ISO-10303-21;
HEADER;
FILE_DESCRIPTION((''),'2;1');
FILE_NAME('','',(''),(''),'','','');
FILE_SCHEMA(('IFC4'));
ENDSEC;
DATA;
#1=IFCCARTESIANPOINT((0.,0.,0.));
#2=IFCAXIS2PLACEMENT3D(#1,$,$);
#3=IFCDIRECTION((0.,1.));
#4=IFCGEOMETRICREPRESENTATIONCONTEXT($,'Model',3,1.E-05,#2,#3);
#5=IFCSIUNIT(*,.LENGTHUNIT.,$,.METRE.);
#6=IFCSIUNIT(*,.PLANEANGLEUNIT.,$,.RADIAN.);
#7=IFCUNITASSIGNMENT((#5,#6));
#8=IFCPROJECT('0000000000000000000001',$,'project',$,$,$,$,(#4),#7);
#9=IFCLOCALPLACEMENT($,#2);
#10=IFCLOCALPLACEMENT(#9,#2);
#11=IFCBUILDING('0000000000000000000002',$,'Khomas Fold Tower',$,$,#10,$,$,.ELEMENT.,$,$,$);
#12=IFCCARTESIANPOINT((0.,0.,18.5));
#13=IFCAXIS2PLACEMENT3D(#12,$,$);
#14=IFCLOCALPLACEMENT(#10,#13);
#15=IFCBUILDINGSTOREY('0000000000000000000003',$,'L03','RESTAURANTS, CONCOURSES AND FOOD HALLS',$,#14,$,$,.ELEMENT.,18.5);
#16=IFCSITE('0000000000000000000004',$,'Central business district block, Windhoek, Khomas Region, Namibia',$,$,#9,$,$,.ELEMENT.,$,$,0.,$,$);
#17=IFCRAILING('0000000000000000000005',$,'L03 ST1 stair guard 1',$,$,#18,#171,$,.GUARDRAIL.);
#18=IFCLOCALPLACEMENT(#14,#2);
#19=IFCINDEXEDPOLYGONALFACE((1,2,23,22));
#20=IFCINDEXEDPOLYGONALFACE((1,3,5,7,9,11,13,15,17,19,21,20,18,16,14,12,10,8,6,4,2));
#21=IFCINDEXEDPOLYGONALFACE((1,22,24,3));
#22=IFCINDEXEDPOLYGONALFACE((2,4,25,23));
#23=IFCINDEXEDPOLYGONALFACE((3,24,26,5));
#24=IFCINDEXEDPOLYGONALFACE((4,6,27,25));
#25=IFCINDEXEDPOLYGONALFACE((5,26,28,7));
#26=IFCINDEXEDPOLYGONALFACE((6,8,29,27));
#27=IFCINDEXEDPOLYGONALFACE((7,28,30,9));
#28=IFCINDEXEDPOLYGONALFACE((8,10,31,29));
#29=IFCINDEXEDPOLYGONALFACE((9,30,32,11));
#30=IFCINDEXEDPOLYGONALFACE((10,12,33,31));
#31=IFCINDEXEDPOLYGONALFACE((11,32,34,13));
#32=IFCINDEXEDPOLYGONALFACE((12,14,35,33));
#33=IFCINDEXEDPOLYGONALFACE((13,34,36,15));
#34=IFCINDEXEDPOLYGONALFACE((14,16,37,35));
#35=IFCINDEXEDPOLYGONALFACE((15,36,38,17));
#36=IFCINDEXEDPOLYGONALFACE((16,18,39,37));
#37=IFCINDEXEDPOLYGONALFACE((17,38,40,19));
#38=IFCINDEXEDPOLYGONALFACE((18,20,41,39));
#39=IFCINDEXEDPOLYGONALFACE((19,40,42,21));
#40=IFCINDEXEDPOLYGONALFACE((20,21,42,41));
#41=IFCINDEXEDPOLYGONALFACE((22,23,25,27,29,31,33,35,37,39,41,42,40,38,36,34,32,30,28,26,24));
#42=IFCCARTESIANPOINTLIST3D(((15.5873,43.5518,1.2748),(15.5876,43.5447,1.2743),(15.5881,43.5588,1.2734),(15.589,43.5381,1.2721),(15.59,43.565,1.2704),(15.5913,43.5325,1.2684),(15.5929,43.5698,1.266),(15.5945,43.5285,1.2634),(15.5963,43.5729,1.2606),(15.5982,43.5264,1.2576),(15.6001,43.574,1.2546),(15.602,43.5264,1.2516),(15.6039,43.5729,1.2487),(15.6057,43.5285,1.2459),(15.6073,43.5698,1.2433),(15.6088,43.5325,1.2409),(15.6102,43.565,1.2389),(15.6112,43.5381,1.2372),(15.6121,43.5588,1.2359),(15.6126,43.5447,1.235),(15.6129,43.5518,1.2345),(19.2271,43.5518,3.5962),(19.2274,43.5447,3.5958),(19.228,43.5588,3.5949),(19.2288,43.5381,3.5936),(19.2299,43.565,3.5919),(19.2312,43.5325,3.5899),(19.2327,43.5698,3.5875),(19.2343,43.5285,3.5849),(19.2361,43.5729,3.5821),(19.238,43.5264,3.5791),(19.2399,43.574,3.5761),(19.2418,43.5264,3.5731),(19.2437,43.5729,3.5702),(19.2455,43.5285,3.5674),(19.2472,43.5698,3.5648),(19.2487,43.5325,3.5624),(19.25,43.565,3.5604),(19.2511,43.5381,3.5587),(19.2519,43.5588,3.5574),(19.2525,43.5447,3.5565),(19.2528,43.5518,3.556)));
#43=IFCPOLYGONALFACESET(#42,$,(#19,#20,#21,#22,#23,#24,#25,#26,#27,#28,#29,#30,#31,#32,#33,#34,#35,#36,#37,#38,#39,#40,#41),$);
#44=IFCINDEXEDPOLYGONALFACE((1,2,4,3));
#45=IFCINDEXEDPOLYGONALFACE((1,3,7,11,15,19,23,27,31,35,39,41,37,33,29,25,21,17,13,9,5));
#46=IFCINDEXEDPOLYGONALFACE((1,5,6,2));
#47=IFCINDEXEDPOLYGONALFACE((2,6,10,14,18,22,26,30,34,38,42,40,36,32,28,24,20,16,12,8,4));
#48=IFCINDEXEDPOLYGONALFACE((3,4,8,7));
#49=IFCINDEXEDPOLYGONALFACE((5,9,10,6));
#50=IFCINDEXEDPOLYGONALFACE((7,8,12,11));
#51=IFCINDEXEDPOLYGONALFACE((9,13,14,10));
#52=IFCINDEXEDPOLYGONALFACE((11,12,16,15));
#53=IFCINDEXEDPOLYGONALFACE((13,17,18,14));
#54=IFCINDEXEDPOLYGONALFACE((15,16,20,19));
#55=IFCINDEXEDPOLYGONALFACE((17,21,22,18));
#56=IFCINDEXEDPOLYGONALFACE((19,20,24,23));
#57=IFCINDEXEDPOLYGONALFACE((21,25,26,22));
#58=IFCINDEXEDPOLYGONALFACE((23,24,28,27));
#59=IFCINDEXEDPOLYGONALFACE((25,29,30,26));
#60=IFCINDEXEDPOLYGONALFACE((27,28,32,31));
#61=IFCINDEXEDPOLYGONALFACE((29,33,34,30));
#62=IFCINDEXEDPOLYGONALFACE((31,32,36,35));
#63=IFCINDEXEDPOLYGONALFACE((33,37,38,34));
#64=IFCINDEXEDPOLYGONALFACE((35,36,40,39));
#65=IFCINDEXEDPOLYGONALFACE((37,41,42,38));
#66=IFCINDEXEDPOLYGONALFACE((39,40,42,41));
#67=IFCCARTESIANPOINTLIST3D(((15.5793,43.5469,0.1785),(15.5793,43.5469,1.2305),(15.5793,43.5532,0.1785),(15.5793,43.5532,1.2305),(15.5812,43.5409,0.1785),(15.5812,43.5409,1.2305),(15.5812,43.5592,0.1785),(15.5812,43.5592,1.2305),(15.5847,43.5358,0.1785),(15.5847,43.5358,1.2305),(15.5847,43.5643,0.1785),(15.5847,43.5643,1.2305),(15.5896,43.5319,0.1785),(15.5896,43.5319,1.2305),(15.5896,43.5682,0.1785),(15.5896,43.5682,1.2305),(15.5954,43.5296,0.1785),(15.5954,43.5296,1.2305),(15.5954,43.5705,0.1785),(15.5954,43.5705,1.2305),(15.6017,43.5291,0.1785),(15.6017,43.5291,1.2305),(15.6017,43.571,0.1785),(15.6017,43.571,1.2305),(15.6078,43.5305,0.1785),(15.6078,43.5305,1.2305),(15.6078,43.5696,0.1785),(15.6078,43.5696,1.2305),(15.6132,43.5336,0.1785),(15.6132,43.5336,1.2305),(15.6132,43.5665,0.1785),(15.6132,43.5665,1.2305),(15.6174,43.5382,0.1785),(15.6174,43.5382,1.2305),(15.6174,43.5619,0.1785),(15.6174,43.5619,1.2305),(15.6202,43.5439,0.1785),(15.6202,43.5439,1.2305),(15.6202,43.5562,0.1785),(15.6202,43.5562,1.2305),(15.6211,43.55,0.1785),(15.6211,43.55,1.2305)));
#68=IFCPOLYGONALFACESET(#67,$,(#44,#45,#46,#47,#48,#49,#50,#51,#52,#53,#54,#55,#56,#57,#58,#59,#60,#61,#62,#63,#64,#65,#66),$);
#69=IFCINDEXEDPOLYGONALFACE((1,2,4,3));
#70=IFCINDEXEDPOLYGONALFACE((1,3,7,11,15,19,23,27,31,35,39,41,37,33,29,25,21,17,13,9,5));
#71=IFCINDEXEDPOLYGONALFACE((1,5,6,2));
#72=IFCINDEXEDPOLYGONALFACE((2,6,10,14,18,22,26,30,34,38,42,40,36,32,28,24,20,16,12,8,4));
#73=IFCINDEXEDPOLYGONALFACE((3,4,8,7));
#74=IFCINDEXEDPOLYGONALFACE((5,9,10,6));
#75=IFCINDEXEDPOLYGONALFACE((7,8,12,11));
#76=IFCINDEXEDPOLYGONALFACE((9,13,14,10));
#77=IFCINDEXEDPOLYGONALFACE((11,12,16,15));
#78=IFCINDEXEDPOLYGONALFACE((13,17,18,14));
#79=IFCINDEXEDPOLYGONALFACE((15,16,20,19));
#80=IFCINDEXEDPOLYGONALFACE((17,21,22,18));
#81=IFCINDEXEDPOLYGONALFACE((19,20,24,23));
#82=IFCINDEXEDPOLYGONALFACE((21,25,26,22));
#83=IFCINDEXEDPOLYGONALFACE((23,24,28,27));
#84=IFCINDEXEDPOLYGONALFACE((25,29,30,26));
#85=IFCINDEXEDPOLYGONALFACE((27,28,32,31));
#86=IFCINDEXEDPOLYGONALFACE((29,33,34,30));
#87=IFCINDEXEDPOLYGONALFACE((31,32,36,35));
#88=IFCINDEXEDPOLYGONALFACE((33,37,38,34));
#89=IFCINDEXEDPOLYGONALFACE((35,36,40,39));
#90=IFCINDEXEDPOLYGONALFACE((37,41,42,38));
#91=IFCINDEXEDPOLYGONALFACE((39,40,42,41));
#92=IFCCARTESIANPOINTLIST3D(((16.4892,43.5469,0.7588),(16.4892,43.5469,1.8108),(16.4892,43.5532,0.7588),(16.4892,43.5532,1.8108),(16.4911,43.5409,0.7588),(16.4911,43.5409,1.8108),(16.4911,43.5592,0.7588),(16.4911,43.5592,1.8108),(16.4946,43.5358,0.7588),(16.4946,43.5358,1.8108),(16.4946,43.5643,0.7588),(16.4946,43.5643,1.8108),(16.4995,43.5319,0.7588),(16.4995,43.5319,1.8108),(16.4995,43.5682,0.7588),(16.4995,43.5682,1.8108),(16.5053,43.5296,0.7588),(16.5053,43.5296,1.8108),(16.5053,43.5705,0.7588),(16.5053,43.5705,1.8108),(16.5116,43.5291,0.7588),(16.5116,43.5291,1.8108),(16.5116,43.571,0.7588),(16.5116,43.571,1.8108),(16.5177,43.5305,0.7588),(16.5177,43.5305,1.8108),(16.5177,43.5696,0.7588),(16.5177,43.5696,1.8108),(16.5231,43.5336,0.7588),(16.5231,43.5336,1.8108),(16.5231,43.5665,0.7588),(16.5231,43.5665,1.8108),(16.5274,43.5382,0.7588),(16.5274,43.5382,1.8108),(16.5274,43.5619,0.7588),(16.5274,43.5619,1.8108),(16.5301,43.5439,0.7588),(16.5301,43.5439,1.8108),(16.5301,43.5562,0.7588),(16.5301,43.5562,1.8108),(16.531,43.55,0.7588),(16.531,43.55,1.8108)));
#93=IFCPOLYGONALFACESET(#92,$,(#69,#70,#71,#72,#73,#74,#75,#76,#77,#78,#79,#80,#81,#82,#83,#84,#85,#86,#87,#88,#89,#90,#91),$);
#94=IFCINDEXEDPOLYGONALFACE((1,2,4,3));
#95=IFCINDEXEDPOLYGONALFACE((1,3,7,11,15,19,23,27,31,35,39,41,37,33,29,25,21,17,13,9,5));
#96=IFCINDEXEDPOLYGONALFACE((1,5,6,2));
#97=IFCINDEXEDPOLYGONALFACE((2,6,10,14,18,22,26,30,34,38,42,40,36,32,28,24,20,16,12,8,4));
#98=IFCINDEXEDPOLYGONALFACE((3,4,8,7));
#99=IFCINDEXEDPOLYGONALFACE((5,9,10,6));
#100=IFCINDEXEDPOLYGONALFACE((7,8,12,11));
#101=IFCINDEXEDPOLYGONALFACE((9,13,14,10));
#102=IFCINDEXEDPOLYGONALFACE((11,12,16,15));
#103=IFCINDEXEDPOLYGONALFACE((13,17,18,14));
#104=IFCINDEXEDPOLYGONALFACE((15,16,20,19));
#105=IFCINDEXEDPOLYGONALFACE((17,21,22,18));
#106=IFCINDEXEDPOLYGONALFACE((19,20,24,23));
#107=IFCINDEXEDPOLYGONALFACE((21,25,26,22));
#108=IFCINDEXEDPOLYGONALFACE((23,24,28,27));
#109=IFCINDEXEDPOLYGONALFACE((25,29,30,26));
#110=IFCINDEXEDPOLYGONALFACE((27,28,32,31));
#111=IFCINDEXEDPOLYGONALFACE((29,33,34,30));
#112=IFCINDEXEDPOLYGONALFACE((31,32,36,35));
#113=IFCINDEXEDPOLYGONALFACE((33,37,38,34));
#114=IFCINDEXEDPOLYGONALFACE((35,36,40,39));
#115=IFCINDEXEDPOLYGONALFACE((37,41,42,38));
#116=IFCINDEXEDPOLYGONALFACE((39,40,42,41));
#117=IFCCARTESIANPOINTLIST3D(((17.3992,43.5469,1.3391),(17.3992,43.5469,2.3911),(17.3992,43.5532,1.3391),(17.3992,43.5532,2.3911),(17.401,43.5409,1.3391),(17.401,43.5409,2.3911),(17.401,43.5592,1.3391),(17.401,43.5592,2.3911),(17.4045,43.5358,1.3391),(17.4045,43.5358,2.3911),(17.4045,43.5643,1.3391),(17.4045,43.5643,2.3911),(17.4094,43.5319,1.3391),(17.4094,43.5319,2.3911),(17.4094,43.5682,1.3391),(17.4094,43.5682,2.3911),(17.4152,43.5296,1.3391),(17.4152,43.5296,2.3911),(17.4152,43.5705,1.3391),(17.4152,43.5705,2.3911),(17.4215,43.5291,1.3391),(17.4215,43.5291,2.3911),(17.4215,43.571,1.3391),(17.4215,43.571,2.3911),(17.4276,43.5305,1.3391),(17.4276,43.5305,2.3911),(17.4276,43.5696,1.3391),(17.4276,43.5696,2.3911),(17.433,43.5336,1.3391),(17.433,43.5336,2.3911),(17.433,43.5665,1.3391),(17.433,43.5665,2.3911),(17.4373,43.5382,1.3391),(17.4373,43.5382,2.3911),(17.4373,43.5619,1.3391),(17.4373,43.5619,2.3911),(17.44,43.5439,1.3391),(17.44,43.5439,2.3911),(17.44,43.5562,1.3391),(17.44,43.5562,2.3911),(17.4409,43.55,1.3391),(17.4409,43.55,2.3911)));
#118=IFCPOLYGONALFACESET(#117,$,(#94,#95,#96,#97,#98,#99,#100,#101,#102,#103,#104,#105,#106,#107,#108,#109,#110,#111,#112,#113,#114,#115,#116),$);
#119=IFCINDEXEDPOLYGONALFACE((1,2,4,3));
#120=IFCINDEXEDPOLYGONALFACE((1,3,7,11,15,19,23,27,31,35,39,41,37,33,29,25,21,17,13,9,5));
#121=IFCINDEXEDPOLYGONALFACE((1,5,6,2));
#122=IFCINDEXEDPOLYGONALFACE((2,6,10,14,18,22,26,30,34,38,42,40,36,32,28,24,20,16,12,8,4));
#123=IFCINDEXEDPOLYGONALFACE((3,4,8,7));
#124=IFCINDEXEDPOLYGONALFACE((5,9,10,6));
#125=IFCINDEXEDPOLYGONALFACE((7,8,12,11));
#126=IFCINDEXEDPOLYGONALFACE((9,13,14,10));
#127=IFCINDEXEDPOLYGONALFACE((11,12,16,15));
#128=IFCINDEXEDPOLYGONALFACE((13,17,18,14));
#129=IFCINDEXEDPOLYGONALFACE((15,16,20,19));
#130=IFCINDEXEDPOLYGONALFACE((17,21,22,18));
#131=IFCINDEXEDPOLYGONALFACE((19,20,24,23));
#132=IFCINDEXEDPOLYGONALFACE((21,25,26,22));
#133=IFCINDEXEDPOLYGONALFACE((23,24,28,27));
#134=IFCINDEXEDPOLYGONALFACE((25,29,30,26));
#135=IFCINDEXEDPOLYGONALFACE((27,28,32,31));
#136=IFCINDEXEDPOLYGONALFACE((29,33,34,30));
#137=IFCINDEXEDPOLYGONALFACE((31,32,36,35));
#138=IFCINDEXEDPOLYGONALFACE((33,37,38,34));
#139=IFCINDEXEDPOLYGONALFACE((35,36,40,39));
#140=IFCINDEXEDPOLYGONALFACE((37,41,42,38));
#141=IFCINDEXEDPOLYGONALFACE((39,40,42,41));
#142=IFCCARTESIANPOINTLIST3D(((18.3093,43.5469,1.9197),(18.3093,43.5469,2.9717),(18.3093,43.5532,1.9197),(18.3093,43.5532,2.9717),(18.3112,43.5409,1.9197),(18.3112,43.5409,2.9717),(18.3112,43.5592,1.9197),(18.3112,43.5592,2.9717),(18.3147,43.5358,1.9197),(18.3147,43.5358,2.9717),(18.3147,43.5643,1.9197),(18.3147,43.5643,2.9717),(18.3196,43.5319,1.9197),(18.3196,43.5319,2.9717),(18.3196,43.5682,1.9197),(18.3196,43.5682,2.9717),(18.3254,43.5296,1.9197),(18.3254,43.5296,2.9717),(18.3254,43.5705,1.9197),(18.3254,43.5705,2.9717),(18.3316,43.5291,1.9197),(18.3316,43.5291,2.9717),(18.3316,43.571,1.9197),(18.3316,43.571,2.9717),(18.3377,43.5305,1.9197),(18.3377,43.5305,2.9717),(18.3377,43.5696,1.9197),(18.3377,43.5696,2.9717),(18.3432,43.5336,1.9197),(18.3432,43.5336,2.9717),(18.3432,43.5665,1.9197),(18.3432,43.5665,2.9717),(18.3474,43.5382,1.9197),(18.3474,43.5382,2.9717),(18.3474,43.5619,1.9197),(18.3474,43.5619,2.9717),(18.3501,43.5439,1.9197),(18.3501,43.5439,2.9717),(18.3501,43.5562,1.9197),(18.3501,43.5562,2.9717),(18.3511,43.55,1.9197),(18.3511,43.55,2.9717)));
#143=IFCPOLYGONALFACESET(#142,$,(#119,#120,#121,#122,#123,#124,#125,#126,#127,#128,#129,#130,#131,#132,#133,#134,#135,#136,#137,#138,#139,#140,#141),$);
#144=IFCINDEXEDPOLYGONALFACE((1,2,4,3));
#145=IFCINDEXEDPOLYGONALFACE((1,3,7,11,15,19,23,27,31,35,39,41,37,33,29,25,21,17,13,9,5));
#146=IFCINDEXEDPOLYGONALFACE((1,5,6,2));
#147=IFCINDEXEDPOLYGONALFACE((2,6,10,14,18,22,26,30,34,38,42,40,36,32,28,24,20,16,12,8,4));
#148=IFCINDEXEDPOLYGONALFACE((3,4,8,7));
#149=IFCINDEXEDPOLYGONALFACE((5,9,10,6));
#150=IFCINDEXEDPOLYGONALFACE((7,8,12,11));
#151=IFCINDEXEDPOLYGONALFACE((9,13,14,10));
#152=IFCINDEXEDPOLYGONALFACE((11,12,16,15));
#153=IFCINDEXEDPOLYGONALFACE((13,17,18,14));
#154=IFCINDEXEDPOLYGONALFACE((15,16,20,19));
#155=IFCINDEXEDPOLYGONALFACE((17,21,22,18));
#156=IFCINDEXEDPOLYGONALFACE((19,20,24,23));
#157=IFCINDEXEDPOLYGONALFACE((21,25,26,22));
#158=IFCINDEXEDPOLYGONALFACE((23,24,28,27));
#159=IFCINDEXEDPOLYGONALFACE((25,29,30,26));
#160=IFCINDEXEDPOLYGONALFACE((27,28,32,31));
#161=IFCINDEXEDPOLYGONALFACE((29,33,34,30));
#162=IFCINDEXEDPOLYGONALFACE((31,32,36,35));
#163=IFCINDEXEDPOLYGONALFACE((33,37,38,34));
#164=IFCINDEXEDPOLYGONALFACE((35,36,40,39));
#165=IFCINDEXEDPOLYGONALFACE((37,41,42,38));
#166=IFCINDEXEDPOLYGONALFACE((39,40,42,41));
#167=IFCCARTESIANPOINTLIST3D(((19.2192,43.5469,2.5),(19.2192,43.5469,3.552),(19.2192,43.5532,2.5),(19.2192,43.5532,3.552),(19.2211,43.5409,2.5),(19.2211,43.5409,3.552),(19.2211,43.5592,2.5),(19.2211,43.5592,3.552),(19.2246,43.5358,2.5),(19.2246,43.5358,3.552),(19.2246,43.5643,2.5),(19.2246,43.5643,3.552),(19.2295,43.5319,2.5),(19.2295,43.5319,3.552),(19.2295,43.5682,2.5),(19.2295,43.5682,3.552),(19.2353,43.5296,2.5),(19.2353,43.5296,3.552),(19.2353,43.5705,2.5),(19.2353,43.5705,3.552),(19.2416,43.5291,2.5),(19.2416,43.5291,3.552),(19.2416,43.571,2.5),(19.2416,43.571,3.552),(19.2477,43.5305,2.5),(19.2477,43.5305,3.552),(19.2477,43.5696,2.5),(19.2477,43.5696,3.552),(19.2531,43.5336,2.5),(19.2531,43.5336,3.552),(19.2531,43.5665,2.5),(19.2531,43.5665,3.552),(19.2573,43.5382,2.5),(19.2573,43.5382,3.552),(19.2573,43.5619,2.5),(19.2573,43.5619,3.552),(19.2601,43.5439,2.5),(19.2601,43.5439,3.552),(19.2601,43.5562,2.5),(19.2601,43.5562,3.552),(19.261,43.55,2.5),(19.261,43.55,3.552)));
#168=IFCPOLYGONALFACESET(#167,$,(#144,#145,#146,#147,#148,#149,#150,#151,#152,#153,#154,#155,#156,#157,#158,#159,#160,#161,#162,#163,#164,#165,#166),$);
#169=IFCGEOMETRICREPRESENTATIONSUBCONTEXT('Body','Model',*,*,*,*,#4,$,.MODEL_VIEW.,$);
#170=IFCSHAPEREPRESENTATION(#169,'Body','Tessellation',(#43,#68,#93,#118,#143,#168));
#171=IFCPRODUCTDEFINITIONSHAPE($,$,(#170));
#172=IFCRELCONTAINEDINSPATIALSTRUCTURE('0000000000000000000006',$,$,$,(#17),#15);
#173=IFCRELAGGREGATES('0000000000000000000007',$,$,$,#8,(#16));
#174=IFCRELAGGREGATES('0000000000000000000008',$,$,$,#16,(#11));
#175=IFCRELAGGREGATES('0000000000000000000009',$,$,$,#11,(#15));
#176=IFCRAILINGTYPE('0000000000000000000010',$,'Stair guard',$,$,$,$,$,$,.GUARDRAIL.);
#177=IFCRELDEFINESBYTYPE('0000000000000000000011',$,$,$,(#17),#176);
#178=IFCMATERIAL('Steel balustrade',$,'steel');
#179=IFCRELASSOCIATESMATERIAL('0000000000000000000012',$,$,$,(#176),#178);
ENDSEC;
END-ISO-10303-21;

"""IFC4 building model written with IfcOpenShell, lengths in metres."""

from ifc_helpers import new_model, si_unit, direction, frame, origin, origin_2d, place, context, subcontext, project, spatial, circle, extrude, source, transform, mapped, material, type_object, element, save


model = new_model("IFC4")

# Units and contexts
model_context = context("Model", 3, precision=1e-05, world=origin(), true_north=direction((0.0, 1.0)))
body_context = subcontext(model_context, "Body", "Model", "MODEL_VIEW")
ifc_project = project(units=[si_unit("LENGTHUNIT", "METRE"), si_unit("PLANEANGLEUNIT", "RADIAN")], contexts=[model_context])

# Site, building, storey
site_placement = place(None, origin())
site = spatial("IfcSite", under=ifc_project, at=site_placement, Name="Central business district block, Windhoek, Khomas Region, Namibia", CompositionType="ELEMENT", RefElevation=0.0)
building_placement = place(site_placement, origin())
building = spatial("IfcBuilding", under=site, at=building_placement, Name="Khomas Fold Tower", CompositionType="ELEMENT")
storey_placement = place(building_placement, frame((0.0, 0.0, 18.5)))
storey = spatial("IfcBuildingStorey", under=building, at=storey_placement, Name="L03", Description="RESTAURANTS, CONCOURSES AND FOOD HALLS", CompositionType="ELEMENT", Elevation=18.5)

# Railing
ifc_material_1 = material(Name="Steel balustrade", Category="steel")
railing_type_1 = type_object("IfcRailingType", Name="Stair guard", PredefinedType="GUARDRAIL", material=ifc_material_1)
shared_shape_1 = source(origin(), body_context, "Body", "SweptSolid", [
    extrude(circle(Radius=0.0239, at=origin_2d()), frame((0.0, 0.0, 1.0762), z_axis=(0.843112, 0.0, 0.537739), x_axis=(0.0, 1.0, 0.0)), (0.0, 0.0, 1.0), 4.3171),
    extrude(circle(Radius=0.021, at=origin_2d()), origin(), (0.0, 0.0, 1.0), 1.052),
    extrude(circle(Radius=0.021, at=origin_2d()), frame((0.9099, 0.0, 0.5803)), (0.0, 0.0, 1.0), 1.052),
    extrude(circle(Radius=0.021, at=origin_2d()), frame((1.8198, 0.0, 1.1606)), (0.0, 0.0, 1.0), 1.052),
    extrude(circle(Radius=0.021, at=origin_2d()), frame((2.73, 0.0, 1.7412)), (0.0, 0.0, 1.0), 1.052),
    extrude(circle(Radius=0.021, at=origin_2d()), frame((3.6399, 0.0, 2.3215)), (0.0, 0.0, 1.0), 1.052),
])
railing_1_placement = place(storey_placement, frame((15.6001, 43.55, 0.1785)))
element("IfcRailing", 1, at=railing_1_placement, inside=storey, type_object=railing_type_1, Name="L03 ST1 stair guard 1", PredefinedType="GUARDRAIL", context=body_context, shape_type="MappedRepresentation", body=[
    mapped(shared_shape_1, transform((0.0, 0.0, 0.0))),
])

save(model, "model.ifc")
